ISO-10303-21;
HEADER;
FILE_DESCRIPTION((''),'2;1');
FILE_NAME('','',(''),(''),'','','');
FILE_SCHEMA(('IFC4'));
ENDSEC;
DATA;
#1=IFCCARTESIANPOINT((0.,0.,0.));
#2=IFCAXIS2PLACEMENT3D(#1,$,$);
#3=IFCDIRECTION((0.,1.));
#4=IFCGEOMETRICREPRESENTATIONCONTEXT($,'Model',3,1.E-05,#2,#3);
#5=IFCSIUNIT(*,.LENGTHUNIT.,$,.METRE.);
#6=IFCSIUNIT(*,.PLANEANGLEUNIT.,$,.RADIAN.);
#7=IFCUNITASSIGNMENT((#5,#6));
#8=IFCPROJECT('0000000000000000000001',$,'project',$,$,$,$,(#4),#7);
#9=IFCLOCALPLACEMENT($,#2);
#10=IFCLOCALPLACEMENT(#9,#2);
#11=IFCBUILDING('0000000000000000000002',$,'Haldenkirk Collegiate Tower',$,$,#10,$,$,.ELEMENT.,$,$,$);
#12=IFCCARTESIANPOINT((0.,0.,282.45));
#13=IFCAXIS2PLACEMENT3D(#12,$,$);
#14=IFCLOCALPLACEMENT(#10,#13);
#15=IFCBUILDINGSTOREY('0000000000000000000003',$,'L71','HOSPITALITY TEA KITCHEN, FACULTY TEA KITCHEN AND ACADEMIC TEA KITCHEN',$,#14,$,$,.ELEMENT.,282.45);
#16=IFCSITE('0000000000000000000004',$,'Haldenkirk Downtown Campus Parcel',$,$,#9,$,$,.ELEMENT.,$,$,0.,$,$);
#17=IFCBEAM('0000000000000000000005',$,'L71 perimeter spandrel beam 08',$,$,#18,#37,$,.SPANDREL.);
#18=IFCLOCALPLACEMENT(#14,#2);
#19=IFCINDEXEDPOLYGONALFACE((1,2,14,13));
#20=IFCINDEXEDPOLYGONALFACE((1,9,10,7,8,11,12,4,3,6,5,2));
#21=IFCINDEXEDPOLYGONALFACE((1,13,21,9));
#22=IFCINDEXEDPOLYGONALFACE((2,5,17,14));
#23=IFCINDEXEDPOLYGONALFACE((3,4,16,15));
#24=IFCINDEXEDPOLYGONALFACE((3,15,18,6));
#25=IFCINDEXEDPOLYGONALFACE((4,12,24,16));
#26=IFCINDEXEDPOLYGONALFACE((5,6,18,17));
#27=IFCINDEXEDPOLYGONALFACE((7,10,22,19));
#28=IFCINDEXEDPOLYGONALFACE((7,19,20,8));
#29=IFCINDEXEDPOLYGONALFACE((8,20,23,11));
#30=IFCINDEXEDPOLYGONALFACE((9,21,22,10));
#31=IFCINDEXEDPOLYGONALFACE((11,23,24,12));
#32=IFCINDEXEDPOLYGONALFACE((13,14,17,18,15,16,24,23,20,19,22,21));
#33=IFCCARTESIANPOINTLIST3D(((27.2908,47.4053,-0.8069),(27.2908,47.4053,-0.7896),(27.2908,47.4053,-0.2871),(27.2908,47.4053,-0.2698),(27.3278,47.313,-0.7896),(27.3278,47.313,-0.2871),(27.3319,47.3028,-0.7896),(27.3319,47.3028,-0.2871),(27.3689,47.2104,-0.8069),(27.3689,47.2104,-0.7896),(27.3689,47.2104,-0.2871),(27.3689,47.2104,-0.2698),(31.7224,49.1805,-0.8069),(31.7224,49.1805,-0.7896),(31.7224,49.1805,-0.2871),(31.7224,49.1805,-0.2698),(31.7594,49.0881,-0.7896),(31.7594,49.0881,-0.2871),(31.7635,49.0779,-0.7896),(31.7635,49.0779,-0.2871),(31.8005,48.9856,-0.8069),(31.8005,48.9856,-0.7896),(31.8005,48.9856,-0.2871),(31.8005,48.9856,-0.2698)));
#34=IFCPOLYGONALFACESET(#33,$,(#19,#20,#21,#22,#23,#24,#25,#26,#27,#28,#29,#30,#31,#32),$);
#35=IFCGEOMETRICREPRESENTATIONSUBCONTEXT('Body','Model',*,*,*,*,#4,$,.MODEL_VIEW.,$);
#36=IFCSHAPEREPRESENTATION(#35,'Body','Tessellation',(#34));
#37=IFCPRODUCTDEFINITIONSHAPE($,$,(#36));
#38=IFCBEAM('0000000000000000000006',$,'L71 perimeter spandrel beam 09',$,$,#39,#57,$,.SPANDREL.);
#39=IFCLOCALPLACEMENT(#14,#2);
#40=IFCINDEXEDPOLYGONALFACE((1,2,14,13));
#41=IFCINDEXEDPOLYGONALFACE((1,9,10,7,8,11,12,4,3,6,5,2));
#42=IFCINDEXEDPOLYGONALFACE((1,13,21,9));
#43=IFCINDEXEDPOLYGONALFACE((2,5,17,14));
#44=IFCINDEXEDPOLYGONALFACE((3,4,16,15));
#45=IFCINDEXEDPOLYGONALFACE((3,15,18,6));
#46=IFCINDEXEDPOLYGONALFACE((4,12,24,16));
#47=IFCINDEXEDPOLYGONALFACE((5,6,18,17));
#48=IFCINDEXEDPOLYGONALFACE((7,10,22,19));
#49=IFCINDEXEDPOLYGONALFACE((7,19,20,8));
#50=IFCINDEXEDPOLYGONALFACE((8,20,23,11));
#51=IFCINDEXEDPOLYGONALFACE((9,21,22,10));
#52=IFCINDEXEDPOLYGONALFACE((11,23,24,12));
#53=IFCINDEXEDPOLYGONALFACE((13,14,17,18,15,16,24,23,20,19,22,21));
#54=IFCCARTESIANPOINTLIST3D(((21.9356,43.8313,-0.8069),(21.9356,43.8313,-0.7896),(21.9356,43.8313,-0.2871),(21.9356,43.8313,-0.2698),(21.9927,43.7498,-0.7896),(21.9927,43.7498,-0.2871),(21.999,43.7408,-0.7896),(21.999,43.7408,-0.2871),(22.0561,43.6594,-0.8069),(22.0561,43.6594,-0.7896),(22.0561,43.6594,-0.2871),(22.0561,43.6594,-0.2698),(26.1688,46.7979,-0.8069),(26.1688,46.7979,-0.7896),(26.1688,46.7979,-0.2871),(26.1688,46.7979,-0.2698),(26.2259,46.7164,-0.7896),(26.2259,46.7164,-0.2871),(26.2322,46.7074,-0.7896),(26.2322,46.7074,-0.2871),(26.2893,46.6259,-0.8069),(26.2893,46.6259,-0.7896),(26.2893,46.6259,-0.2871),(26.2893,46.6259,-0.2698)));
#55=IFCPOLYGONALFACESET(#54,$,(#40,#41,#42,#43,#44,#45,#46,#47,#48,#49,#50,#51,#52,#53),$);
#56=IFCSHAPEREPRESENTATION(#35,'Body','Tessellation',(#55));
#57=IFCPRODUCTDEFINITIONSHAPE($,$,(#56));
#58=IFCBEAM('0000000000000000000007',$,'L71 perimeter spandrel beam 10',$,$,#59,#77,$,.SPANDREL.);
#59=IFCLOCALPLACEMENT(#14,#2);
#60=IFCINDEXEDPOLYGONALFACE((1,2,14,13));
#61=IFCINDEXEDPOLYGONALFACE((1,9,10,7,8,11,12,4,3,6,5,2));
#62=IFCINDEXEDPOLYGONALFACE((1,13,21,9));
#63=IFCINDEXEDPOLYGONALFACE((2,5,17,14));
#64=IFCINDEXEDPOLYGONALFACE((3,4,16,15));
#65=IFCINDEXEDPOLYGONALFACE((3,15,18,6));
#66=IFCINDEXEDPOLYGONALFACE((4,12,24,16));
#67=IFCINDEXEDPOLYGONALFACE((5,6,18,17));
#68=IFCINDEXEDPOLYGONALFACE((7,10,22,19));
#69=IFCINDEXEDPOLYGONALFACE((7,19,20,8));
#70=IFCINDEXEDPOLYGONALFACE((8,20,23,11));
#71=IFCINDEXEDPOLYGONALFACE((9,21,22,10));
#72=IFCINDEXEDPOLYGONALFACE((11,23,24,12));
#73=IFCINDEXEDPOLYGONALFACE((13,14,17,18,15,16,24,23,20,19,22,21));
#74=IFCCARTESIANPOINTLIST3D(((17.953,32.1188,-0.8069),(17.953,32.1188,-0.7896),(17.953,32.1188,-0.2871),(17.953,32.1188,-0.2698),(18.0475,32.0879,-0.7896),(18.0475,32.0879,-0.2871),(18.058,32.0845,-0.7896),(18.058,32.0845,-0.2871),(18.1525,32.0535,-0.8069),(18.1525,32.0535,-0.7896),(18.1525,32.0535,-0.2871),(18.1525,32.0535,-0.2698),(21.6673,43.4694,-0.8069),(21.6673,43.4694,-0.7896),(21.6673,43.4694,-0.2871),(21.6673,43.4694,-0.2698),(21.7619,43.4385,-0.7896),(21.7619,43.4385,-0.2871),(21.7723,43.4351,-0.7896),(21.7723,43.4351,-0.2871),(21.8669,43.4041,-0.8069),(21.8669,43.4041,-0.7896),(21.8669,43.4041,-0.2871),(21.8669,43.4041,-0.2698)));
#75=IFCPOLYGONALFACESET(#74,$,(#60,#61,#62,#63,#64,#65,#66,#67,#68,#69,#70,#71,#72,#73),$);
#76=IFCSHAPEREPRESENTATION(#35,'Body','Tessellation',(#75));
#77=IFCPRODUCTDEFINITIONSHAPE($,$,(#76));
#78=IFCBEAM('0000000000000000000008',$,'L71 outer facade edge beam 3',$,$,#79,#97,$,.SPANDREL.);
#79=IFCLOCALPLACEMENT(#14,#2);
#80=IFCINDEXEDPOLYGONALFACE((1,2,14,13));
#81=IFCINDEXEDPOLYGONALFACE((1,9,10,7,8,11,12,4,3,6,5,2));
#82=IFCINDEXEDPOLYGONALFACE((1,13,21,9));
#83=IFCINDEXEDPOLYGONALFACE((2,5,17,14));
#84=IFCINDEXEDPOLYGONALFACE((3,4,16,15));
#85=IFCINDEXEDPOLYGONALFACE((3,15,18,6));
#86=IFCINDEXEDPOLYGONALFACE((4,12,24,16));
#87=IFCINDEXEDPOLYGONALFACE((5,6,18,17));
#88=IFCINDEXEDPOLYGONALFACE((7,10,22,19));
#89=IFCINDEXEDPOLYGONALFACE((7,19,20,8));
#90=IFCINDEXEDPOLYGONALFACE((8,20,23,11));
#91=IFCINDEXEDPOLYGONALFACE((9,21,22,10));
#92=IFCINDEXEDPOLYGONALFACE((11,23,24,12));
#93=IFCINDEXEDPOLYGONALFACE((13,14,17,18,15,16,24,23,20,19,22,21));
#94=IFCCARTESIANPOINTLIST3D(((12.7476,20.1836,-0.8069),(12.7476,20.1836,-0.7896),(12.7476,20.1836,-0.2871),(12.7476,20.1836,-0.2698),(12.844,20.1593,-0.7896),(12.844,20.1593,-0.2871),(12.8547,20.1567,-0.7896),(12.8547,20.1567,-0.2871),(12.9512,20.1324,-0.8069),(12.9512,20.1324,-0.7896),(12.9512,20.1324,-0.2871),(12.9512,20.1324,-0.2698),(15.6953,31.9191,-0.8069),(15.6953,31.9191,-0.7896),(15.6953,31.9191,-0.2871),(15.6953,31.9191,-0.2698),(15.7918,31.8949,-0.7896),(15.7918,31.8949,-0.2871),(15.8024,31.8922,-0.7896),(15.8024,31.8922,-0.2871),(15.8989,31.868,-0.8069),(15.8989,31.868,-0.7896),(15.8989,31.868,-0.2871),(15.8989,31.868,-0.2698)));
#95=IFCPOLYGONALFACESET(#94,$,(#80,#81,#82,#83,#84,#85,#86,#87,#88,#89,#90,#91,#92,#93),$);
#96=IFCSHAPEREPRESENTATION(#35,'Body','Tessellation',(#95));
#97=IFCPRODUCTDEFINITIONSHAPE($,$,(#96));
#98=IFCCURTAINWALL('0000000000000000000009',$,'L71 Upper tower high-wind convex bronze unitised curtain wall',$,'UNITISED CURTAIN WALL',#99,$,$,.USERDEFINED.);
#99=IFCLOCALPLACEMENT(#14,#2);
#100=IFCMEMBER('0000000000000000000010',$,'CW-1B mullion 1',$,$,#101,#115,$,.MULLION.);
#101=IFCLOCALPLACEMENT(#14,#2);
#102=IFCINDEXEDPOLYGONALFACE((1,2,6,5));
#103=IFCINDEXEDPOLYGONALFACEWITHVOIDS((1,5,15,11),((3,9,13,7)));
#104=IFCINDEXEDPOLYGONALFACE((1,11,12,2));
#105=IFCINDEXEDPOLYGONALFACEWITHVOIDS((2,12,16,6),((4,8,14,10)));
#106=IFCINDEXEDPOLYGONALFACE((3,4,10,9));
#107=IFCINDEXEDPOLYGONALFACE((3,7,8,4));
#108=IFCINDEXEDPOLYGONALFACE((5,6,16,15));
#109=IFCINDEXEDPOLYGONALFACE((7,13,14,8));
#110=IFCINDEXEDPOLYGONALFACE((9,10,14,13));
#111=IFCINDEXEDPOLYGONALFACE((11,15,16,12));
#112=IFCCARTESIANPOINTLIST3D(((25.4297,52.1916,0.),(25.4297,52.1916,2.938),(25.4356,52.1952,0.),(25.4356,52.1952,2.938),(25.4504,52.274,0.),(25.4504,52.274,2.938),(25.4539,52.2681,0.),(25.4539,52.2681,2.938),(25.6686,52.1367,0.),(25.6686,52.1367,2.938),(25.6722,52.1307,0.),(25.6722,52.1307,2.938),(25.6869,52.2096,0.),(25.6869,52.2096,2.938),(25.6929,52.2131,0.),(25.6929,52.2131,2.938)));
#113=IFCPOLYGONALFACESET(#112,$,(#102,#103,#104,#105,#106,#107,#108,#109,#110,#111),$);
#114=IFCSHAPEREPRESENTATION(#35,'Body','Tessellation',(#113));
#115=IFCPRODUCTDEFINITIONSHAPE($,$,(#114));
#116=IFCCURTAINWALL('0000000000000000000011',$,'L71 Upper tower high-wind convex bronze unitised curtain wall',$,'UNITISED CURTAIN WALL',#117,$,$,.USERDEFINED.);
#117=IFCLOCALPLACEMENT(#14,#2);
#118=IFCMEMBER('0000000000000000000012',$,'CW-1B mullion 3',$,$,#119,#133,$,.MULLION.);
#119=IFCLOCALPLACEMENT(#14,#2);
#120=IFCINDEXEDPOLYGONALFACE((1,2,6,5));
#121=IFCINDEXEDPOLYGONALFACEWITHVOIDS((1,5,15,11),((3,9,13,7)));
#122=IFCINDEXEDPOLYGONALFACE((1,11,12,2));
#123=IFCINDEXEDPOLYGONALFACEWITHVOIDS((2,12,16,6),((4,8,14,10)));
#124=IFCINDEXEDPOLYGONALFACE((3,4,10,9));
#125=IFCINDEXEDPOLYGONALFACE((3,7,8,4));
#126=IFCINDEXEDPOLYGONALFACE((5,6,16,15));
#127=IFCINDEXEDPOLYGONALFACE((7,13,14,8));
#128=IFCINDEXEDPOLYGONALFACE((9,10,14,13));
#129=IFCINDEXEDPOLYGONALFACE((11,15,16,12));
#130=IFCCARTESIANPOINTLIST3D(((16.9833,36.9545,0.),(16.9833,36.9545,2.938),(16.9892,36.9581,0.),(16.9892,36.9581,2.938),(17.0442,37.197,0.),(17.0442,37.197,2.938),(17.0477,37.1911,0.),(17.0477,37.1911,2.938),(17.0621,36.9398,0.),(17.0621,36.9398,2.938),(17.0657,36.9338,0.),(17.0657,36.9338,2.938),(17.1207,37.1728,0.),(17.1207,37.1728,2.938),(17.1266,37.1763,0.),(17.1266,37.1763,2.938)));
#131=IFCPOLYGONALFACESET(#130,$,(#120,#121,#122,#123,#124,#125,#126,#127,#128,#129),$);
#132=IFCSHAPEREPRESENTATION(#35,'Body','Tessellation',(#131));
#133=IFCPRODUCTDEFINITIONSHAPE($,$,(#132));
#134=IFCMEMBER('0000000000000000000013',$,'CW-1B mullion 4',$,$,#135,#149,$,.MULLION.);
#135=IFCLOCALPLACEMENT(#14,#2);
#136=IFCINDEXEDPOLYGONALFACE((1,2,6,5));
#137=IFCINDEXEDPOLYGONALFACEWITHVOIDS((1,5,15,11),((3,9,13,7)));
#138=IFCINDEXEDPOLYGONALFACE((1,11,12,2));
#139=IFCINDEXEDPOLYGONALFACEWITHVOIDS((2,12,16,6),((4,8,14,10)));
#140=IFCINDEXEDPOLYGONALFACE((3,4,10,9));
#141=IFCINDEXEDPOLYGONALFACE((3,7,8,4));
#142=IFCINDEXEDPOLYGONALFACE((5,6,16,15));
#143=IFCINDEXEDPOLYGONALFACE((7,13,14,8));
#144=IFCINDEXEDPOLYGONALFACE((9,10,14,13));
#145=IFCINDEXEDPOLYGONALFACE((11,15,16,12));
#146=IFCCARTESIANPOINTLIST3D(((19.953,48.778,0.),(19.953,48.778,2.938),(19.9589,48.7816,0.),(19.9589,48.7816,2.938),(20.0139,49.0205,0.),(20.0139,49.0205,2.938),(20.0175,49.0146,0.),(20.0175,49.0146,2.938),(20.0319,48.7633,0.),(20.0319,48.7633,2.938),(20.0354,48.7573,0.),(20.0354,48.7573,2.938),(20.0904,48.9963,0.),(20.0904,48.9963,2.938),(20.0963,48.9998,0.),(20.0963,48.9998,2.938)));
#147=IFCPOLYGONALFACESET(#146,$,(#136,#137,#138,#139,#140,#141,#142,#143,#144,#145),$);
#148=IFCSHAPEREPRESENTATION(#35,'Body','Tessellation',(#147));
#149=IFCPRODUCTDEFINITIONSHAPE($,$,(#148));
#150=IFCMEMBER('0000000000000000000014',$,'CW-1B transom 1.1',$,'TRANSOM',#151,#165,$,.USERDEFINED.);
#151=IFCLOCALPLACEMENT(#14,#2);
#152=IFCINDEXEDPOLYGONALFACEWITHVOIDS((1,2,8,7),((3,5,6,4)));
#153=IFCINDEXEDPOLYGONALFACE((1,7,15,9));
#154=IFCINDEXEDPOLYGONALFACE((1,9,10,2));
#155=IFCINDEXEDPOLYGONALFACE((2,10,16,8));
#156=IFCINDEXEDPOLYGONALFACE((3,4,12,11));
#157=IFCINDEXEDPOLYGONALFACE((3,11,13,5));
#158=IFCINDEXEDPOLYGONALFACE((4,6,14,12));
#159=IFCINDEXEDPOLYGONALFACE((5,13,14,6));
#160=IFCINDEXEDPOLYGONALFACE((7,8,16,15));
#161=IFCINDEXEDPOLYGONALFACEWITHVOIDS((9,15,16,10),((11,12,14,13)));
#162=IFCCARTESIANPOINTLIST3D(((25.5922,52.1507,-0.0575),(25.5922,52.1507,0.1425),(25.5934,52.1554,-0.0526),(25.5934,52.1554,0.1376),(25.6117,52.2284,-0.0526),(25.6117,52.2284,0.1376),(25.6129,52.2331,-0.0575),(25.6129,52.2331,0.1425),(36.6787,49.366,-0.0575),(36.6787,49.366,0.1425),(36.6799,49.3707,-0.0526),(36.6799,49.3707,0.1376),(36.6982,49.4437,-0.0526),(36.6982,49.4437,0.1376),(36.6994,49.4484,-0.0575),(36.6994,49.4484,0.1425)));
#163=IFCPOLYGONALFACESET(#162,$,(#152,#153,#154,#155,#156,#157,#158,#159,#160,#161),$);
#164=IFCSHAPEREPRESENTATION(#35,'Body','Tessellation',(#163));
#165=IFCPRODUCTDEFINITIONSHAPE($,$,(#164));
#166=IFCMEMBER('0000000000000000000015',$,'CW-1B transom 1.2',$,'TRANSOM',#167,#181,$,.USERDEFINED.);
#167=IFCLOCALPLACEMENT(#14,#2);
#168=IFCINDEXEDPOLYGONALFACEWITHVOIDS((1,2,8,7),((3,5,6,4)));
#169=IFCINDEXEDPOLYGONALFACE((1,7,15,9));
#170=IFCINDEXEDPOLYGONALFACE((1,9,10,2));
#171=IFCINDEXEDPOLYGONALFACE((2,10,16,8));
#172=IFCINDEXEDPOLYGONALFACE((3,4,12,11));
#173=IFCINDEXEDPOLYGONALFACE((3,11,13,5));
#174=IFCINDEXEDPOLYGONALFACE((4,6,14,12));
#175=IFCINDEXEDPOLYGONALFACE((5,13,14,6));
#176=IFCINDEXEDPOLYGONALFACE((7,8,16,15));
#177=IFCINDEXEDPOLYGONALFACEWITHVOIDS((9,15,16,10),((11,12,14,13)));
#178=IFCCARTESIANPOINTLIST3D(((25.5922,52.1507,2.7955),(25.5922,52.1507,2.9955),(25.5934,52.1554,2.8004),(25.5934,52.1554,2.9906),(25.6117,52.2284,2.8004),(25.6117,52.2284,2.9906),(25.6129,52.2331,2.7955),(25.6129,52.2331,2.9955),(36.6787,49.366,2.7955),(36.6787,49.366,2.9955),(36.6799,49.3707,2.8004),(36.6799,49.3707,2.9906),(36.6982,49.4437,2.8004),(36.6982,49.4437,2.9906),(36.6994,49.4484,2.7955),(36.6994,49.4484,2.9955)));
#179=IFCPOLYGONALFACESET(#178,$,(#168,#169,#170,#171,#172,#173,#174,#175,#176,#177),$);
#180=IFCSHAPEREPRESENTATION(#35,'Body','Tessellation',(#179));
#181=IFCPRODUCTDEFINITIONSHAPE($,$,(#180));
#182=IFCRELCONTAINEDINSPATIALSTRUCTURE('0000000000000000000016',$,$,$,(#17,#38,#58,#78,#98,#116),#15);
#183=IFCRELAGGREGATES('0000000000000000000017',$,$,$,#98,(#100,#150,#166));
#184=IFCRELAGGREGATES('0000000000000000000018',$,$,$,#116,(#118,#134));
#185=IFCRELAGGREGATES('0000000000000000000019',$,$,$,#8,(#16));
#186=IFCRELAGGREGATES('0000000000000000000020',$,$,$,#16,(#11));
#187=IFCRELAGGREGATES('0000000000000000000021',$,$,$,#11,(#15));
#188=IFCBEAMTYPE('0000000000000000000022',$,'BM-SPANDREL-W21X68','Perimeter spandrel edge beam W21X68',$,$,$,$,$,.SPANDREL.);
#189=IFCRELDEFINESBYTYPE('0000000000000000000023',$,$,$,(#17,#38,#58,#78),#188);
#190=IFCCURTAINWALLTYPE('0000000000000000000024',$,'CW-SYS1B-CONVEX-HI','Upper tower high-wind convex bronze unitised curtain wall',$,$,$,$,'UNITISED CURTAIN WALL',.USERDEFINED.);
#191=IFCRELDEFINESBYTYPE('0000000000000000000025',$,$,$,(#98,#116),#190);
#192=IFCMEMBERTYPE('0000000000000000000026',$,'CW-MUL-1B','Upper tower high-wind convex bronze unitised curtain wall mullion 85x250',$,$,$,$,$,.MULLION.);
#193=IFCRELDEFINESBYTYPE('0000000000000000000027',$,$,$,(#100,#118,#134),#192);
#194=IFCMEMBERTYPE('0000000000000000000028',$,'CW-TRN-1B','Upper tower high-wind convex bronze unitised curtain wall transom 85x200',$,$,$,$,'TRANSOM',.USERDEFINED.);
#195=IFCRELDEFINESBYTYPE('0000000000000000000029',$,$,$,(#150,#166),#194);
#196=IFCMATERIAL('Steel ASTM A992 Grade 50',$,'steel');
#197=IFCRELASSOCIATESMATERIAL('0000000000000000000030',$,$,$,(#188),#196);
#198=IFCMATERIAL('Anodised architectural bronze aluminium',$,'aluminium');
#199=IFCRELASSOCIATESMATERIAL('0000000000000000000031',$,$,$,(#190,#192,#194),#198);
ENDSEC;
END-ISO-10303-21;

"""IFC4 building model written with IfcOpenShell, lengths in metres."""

from ifc_helpers import new_model, si_unit, direction, frame, origin, origin_2d, place, context, subcontext, project, spatial, hollow_rectangle, i_section, extrude, material, material_profile, profile_set, type_object, element, aggregate, save


model = new_model("IFC4")

# Units and contexts
model_context = context("Model", 3, precision=1e-05, world=origin(), true_north=direction((0.0, 1.0)))
body_context = subcontext(model_context, "Body", "Model", "MODEL_VIEW")
ifc_project = project(units=[si_unit("LENGTHUNIT", "METRE"), si_unit("PLANEANGLEUNIT", "RADIAN")], contexts=[model_context])

# Site, building, storey
site_placement = place(None, origin())
site = spatial("IfcSite", under=ifc_project, at=site_placement, Name="Haldenkirk Downtown Campus Parcel", CompositionType="ELEMENT", RefElevation=0.0)
building_placement = place(site_placement, origin())
building = spatial("IfcBuilding", under=site, at=building_placement, Name="Haldenkirk Collegiate Tower", CompositionType="ELEMENT")
storey_placement = place(building_placement, frame((0.0, 0.0, 282.45)))
storey = spatial("IfcBuildingStorey", under=building, at=storey_placement, Name="L71", Description="HOSPITALITY TEA KITCHEN, FACULTY TEA KITCHEN AND ACADEMIC TEA KITCHEN", CompositionType="ELEMENT", Elevation=282.45)

# Beams
ifc_material_1 = material(Name="Steel ASTM A992 Grade 50", Category="steel")
ifc_material_profile_1 = material_profile(ifc_material_1, i_section(OverallWidth=0.21, OverallDepth=0.5371, WebThickness=0.011, FlangeThickness=0.0173, at=origin_2d()), Name="W21X68")
ifc_profile_set_1 = profile_set([ifc_material_profile_1], Name="Steel ASTM A992 Grade 50")
beam_type_1 = type_object("IfcBeamType", Name="BM-SPANDREL-W21X68", Description="Perimeter spandrel edge beam W21X68", PredefinedType="SPANDREL", material=ifc_profile_set_1)
beam_1_placement = place(storey_placement, frame((31.7615, 49.083, -0.5383), z_axis=(-0.928297, -0.37184, 0.0), x_axis=(0.37184, -0.928297, 0.0)))
element("IfcBeam", 1, at=beam_1_placement, inside=storey, type_object=beam_type_1, Name="L71 perimeter spandrel beam 08", PredefinedType="SPANDREL", context=body_context, shape_type="SweptSolid", body=[
    extrude(i_section(OverallWidth=0.21, OverallDepth=0.5371, WebThickness=0.011, FlangeThickness=0.0173, at=origin_2d()), origin(), (0.0, 0.0, 1.0), 4.7739),
])
beam_2_placement = place(storey_placement, frame((26.229, 46.7119, -0.5383), z_axis=(-0.818928, -0.573897, 0.0), x_axis=(0.573897, -0.818928, 0.0)))
element("IfcBeam", 2, at=beam_2_placement, inside=storey, type_object=beam_type_1, Name="L71 perimeter spandrel beam 09", PredefinedType="SPANDREL", context=body_context, shape_type="SweptSolid", body=[
    extrude(i_section(OverallWidth=0.21, OverallDepth=0.5371, WebThickness=0.011, FlangeThickness=0.0173, at=origin_2d()), origin(), (0.0, 0.0, 1.0), 5.1692),
])
beam_3_placement = place(storey_placement, frame((21.7671, 43.4368, -0.5383), z_axis=(-0.31101, -0.950407, 0.0), x_axis=(0.950407, -0.31101, 0.0)))
element("IfcBeam", 3, at=beam_3_placement, inside=storey, type_object=beam_type_1, Name="L71 perimeter spandrel beam 10", PredefinedType="SPANDREL", context=body_context, shape_type="SweptSolid", body=[
    extrude(i_section(OverallWidth=0.21, OverallDepth=0.5371, WebThickness=0.011, FlangeThickness=0.0173, at=origin_2d()), origin(), (0.0, 0.0, 1.0), 11.9429),
])
beam_4_placement = place(storey_placement, frame((15.7971, 31.8936, -0.5383), z_axis=(-0.243613, -0.969872, 0.0), x_axis=(0.969872, -0.243613, 0.0)))
element("IfcBeam", 4, at=beam_4_placement, inside=storey, type_object=beam_type_1, Name="L71 outer facade edge beam 3", PredefinedType="SPANDREL", context=body_context, shape_type="SweptSolid", body=[
    extrude(i_section(OverallWidth=0.21, OverallDepth=0.5371, WebThickness=0.011, FlangeThickness=0.0173, at=origin_2d()), origin(), (0.0, 0.0, 1.0), 12.1001),
])

# Curtain wall, member
ifc_material_2 = material(Name="Anodised architectural bronze aluminium", Category="aluminium")
curtain_wall_type = type_object("IfcCurtainWallType", Name="CW-SYS1B-CONVEX-HI", Description="Upper tower high-wind convex bronze unitised curtain wall", ElementType="UNITISED CURTAIN WALL", PredefinedType="USERDEFINED", material=ifc_material_2)
curtain_wall_1_placement = place(storey_placement, origin())
curtain_wall_1 = element("IfcCurtainWall", 5, at=curtain_wall_1_placement, inside=storey, type_object=curtain_wall_type, Name="L71 Upper tower high-wind convex bronze unitised curtain wall", ObjectType="UNITISED CURTAIN WALL", PredefinedType="USERDEFINED")
ifc_material_profile_2 = material_profile(ifc_material_2, hollow_rectangle(XDim=0.085, YDim=0.25, WallThickness=0.0049, at=origin_2d()), Name="CW-MUL-1B")
ifc_profile_set_2 = profile_set([ifc_material_profile_2], Name="Anodised architectural bronze aluminium")
member_type_1 = type_object("IfcMemberType", Name="CW-MUL-1B", Description="Upper tower high-wind convex bronze unitised curtain wall mullion 85x250", PredefinedType="MULLION", material=ifc_profile_set_2)
member_1_placement = place(storey_placement, frame((25.5613, 52.2024, 0.0), z_axis=(0.0, 0.0, 1.0), x_axis=(0.243612, 0.969873, 0.0)))
member_1 = element("IfcMember", 6, at=member_1_placement, type_object=member_type_1, Name="CW-1B mullion 1", PredefinedType="MULLION", context=body_context, shape_type="SweptSolid", body=[
    extrude(hollow_rectangle(XDim=0.085, YDim=0.25, WallThickness=0.0049, at=origin_2d()), origin(), (0.0, 0.0, 1.0), 2.938),
])

# Curtain wall, members
curtain_wall_2_placement = place(storey_placement, origin())
curtain_wall_2 = element("IfcCurtainWall", 7, at=curtain_wall_2_placement, inside=storey, type_object=curtain_wall_type, Name="L71 Upper tower high-wind convex bronze unitised curtain wall", ObjectType="UNITISED CURTAIN WALL", PredefinedType="USERDEFINED")
member_2_placement = place(storey_placement, frame((17.0549, 37.0654, 0.0), z_axis=(0.0, 0.0, 1.0), x_axis=(-0.969872, 0.243613, 0.0)))
member_2 = element("IfcMember", 8, at=member_2_placement, type_object=member_type_1, Name="CW-1B mullion 3", PredefinedType="MULLION", context=body_context, shape_type="SweptSolid", body=[
    extrude(hollow_rectangle(XDim=0.085, YDim=0.25, WallThickness=0.0049, at=origin_2d()), origin(), (0.0, 0.0, 1.0), 2.938),
])
member_3_placement = place(storey_placement, frame((20.0247, 48.8889, 0.0), z_axis=(0.0, 0.0, 1.0), x_axis=(-0.969872, 0.243613, 0.0)))
member_3 = element("IfcMember", 9, at=member_3_placement, type_object=member_type_1, Name="CW-1B mullion 4", PredefinedType="MULLION", context=body_context, shape_type="SweptSolid", body=[
    extrude(hollow_rectangle(XDim=0.085, YDim=0.25, WallThickness=0.0049, at=origin_2d()), origin(), (0.0, 0.0, 1.0), 2.938),
])

# Members
ifc_material_profile_3 = material_profile(ifc_material_2, hollow_rectangle(XDim=0.085, YDim=0.2, WallThickness=0.0049, at=origin_2d()), Name="CW-TRN-1B")
ifc_profile_set_3 = profile_set([ifc_material_profile_3], Name="Anodised architectural bronze aluminium")
member_type_2 = type_object("IfcMemberType", Name="CW-TRN-1B", Description="Upper tower high-wind convex bronze unitised curtain wall transom 85x200", ElementType="TRANSOM", PredefinedType="USERDEFINED", material=ifc_profile_set_3)
member_4_placement = place(storey_placement, frame((25.6025, 52.1919, 0.0425), z_axis=(0.969873, -0.243611, 0.0), x_axis=(0.243611, 0.969873, 0.0)))
member_4 = element("IfcMember", 10, at=member_4_placement, type_object=member_type_2, Name="CW-1B transom 1.1", ObjectType="TRANSOM", PredefinedType="USERDEFINED", context=body_context, shape_type="SweptSolid", body=[
    extrude(hollow_rectangle(XDim=0.085, YDim=0.2, WallThickness=0.0049, at=origin_2d()), origin(), (0.0, 0.0, 1.0), 11.4309),
])
member_5_placement = place(storey_placement, frame((25.6025, 52.1919, 2.8955), z_axis=(0.969873, -0.243611, 0.0), x_axis=(0.243611, 0.969873, 0.0)))
member_5 = element("IfcMember", 11, at=member_5_placement, type_object=member_type_2, Name="CW-1B transom 1.2", ObjectType="TRANSOM", PredefinedType="USERDEFINED", context=body_context, shape_type="SweptSolid", body=[
    extrude(hollow_rectangle(XDim=0.085, YDim=0.2, WallThickness=0.0049, at=origin_2d()), origin(), (0.0, 0.0, 1.0), 11.4309),
])

aggregate(curtain_wall_1, [member_1, member_4, member_5])
aggregate(curtain_wall_2, [member_2, member_3])

save(model, "model.ifc")
